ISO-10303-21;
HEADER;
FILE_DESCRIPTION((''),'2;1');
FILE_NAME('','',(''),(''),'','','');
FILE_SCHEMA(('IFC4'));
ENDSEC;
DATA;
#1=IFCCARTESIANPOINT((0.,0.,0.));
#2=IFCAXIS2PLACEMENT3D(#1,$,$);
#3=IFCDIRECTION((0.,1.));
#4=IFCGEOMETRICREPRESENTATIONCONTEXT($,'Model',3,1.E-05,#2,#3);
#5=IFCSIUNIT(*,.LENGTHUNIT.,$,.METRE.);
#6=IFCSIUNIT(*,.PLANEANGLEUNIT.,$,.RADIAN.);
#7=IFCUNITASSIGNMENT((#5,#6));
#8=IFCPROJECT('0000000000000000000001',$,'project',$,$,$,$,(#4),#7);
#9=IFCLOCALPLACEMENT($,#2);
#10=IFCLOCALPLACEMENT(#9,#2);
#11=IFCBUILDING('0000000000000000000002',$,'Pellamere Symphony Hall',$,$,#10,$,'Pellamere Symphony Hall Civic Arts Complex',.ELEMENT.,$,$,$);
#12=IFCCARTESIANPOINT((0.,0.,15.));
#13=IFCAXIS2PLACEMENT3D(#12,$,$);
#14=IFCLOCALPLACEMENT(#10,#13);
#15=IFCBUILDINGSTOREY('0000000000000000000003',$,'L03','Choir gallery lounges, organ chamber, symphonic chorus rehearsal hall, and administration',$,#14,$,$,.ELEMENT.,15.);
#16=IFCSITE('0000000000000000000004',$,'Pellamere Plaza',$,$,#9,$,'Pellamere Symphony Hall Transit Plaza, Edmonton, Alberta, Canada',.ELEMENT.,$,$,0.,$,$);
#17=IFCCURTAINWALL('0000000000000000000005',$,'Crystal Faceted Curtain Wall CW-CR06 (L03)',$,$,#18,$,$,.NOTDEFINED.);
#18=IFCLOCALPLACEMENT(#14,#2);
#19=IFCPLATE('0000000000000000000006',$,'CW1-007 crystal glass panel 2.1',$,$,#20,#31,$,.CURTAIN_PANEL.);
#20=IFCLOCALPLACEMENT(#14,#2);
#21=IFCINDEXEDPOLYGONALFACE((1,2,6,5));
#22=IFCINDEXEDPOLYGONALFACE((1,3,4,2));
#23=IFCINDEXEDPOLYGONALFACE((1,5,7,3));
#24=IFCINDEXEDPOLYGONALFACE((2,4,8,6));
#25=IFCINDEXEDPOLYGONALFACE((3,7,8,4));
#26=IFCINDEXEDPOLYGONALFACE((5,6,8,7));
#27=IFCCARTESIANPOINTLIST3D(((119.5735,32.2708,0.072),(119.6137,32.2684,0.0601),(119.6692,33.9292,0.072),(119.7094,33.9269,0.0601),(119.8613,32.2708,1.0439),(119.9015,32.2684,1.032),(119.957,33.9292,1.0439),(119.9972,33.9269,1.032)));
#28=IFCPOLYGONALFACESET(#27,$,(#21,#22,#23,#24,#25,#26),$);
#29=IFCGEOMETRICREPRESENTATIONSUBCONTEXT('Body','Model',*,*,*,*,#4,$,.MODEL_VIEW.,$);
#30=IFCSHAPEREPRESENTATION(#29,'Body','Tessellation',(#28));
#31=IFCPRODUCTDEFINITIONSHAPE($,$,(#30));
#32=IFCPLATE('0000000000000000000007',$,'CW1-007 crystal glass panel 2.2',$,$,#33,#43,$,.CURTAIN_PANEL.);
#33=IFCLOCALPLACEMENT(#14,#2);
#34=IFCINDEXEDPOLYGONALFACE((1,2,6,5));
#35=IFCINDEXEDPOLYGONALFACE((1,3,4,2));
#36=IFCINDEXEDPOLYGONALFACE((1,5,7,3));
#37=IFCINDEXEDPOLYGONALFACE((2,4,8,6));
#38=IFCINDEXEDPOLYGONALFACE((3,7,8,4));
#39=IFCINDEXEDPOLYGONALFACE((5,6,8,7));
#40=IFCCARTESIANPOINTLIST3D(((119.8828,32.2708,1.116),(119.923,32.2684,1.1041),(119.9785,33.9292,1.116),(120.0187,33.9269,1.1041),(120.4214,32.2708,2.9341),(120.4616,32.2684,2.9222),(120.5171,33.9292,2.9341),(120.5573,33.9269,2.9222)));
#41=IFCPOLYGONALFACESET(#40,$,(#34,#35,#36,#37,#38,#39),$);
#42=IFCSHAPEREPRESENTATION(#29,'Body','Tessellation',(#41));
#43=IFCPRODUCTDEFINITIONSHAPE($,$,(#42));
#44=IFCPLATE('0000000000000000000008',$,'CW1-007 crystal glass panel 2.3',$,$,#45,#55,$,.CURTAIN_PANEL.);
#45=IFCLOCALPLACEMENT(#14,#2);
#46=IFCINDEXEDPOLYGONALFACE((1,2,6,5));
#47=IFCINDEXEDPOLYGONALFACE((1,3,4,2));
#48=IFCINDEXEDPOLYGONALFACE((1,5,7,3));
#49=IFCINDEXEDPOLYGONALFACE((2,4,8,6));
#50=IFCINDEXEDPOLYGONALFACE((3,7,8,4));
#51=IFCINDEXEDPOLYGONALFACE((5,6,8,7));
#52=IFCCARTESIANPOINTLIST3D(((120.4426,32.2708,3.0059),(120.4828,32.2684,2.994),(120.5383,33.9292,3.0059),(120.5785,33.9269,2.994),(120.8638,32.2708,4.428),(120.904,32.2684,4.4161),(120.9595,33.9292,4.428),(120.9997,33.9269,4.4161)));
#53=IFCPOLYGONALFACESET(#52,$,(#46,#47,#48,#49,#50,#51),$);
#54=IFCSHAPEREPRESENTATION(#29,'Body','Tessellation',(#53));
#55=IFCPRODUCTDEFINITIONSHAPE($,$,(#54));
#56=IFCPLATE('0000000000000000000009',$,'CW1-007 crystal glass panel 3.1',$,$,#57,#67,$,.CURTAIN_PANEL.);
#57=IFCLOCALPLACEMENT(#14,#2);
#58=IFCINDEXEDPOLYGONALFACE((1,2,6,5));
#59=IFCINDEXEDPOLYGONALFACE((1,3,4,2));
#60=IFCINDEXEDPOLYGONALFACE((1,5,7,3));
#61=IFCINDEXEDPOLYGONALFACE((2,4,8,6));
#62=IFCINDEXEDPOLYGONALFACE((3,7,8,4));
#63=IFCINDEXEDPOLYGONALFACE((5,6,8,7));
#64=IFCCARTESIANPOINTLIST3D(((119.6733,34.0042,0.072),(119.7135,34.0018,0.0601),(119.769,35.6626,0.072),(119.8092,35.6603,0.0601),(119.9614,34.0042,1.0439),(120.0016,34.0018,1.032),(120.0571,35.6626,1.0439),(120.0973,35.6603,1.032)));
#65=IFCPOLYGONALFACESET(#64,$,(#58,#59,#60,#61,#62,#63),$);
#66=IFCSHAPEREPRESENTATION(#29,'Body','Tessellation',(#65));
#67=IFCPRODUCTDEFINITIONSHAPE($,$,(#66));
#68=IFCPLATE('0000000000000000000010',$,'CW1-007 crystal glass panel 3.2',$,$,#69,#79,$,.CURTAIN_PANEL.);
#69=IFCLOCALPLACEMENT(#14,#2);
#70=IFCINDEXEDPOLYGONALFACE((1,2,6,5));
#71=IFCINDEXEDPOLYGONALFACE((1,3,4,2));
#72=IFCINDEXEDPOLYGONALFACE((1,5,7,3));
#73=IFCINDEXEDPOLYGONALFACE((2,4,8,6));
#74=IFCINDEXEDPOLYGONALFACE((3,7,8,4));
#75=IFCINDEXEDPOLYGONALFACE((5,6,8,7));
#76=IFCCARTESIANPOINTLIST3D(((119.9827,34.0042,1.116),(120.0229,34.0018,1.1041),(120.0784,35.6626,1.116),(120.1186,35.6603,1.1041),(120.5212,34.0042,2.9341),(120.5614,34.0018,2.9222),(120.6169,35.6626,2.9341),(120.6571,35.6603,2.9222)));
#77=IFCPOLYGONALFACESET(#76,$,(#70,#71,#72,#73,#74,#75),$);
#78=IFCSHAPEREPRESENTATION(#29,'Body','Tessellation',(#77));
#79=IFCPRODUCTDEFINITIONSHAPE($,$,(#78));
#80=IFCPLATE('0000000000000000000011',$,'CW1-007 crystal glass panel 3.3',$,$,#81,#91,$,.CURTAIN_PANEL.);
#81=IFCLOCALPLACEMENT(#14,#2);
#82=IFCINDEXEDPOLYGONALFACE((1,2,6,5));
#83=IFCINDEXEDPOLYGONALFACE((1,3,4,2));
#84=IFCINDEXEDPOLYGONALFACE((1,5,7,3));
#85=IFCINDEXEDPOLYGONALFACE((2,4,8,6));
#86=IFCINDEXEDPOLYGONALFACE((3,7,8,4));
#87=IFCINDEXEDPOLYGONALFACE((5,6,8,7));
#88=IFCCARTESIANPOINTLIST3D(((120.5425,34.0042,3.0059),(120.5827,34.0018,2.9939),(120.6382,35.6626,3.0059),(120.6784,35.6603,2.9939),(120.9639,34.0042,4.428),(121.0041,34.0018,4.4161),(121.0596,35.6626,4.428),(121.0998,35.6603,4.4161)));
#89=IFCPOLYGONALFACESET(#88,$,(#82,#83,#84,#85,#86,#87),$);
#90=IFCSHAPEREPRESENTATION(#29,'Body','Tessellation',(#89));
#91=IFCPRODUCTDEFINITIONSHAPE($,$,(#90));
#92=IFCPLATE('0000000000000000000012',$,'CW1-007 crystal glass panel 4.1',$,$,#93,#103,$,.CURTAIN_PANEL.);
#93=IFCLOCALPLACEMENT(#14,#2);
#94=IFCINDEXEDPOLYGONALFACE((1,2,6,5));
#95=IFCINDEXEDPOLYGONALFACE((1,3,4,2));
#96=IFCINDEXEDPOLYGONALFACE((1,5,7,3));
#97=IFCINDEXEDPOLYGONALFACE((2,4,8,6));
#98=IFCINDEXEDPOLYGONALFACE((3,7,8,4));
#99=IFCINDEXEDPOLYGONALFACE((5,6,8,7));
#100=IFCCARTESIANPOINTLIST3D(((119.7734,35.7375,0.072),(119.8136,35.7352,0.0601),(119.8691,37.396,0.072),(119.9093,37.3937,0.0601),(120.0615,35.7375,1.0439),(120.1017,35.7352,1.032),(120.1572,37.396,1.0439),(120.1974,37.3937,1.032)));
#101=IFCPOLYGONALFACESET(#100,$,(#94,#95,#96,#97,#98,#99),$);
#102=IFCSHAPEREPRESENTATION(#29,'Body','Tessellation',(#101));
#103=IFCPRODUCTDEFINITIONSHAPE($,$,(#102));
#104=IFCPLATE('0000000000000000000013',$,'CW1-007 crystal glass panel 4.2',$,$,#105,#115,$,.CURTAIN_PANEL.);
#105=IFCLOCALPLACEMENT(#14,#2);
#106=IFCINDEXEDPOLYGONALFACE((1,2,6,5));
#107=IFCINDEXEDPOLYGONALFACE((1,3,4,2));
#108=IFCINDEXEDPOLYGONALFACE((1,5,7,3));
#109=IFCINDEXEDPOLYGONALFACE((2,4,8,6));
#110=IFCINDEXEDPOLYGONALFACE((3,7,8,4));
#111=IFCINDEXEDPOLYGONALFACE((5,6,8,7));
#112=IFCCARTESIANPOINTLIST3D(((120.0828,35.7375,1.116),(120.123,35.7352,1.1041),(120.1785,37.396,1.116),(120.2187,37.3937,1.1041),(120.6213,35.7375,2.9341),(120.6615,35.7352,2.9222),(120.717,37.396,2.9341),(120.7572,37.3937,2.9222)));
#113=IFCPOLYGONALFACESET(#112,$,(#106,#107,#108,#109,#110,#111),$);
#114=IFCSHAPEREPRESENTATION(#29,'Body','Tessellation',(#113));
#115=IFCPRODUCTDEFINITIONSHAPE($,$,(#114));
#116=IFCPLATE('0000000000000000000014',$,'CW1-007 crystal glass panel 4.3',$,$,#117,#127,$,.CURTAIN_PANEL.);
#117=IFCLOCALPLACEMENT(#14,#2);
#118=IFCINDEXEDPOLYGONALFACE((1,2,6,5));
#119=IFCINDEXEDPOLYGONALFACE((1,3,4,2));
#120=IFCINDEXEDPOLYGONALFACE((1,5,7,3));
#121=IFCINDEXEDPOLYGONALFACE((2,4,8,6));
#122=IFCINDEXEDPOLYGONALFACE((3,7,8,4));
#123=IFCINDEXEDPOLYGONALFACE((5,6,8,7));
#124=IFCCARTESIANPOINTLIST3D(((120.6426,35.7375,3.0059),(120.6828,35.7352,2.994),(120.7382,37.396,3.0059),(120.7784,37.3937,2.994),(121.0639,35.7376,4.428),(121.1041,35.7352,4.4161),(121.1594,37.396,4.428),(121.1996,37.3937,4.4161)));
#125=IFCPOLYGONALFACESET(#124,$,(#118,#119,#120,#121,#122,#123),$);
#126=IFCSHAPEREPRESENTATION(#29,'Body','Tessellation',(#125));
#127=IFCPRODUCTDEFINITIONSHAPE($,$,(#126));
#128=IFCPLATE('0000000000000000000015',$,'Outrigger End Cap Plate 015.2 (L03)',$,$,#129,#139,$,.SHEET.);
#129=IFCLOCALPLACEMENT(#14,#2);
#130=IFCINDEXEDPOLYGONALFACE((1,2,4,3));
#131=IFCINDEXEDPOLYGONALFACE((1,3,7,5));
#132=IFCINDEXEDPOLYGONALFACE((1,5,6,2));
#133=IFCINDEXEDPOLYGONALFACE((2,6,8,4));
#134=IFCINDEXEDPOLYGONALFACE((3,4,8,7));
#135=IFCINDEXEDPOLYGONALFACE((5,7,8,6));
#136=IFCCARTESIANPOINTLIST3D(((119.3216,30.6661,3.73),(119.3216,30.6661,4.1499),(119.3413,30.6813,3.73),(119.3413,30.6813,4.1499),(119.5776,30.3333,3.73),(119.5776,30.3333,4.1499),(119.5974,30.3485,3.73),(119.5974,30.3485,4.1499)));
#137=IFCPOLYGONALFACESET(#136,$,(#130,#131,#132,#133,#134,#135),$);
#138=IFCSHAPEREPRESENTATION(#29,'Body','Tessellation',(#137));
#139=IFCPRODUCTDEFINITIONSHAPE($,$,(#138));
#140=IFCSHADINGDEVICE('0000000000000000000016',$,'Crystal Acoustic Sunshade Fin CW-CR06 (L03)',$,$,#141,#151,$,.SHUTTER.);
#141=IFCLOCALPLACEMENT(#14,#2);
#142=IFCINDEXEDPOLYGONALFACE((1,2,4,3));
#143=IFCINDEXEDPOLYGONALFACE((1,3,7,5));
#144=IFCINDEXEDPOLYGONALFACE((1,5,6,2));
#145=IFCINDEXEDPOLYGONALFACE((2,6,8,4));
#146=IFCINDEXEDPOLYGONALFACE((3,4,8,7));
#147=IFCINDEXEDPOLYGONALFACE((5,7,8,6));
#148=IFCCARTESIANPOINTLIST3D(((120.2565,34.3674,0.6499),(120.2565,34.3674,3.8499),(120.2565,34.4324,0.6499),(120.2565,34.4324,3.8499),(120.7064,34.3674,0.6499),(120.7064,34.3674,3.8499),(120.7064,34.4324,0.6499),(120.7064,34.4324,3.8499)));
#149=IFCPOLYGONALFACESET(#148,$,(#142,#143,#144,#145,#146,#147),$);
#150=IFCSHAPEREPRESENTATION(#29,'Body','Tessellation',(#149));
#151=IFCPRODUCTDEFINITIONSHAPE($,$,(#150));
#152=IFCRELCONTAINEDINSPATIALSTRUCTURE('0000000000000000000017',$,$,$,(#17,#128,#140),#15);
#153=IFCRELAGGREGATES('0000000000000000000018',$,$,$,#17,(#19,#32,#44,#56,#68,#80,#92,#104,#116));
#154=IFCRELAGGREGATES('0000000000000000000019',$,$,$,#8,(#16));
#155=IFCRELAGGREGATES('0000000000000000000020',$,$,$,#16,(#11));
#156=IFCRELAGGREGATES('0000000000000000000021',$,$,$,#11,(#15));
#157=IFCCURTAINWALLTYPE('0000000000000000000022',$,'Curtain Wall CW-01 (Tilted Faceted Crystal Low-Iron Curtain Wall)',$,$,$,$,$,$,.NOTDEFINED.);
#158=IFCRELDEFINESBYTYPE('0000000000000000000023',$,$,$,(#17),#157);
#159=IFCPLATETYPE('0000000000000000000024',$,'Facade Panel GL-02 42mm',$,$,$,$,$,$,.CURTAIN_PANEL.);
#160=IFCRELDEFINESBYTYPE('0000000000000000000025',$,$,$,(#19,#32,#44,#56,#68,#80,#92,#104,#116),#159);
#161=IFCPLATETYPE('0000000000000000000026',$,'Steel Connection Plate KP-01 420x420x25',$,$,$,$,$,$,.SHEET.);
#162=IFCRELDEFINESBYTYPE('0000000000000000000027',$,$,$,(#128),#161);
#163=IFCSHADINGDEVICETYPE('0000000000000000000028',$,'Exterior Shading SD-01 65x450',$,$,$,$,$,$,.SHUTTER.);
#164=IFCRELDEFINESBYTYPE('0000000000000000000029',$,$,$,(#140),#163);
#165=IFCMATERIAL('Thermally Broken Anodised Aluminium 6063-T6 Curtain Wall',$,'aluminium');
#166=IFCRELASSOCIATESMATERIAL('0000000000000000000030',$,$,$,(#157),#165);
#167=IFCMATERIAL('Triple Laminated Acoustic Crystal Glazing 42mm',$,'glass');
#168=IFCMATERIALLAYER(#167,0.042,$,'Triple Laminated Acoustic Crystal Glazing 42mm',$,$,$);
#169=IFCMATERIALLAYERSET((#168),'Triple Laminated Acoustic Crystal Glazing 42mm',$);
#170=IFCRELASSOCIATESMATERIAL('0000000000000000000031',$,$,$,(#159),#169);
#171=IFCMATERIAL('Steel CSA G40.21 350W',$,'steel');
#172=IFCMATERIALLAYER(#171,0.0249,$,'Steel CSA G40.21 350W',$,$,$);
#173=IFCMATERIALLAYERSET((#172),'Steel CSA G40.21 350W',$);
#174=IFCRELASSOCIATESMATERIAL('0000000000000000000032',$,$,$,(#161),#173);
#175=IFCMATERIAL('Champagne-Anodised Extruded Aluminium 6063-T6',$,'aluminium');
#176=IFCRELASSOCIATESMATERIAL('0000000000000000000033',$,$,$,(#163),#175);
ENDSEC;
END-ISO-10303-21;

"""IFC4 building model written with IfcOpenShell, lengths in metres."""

from ifc_helpers import new_model, si_unit, direction, frame, origin, origin_2d, place, context, subcontext, project, spatial, polyline, rectangle, outline, extrude, material, layer, layer_set, type_object, element, aggregate, save


model = new_model("IFC4")

# Units and contexts
model_context = context("Model", 3, precision=1e-05, world=origin(), true_north=direction((0.0, 1.0)))
body_context = subcontext(model_context, "Body", "Model", "MODEL_VIEW")
ifc_project = project(units=[si_unit("LENGTHUNIT", "METRE"), si_unit("PLANEANGLEUNIT", "RADIAN")], contexts=[model_context])

# Site, building, storey
site_placement = place(None, origin())
site = spatial("IfcSite", under=ifc_project, at=site_placement, Name="Pellamere Plaza", LongName="Pellamere Symphony Hall Transit Plaza, Edmonton, Alberta, Canada", CompositionType="ELEMENT", RefElevation=0.0)
building_placement = place(site_placement, origin())
building = spatial("IfcBuilding", under=site, at=building_placement, Name="Pellamere Symphony Hall", LongName="Pellamere Symphony Hall Civic Arts Complex", CompositionType="ELEMENT")
storey_placement = place(building_placement, frame((0.0, 0.0, 15.0)))
storey = spatial("IfcBuildingStorey", under=building, at=storey_placement, Name="L03", Description="Choir gallery lounges, organ chamber, symphonic chorus rehearsal hall, and administration", CompositionType="ELEMENT", Elevation=15.0)

# Curtain wall, plates
ifc_material_1 = material(Name="Thermally Broken Anodised Aluminium 6063-T6 Curtain Wall", Category="aluminium")
curtain_wall_type = type_object("IfcCurtainWallType", Name="Curtain Wall CW-01 (Tilted Faceted Crystal Low-Iron Curtain Wall)", PredefinedType="NOTDEFINED", material=ifc_material_1)
curtain_wall_placement = place(storey_placement, origin())
curtain_wall = element("IfcCurtainWall", 1, at=curtain_wall_placement, inside=storey, type_object=curtain_wall_type, Name="Crystal Faceted Curtain Wall CW-CR06 (L03)", PredefinedType="NOTDEFINED")
ifc_material_2 = material(Name="Triple Laminated Acoustic Crystal Glazing 42mm", Category="glass")
ifc_layer_1 = layer(ifc_material_2, 0.042, Name="Triple Laminated Acoustic Crystal Glazing 42mm")
ifc_layer_set_1 = layer_set([ifc_layer_1], Name="Triple Laminated Acoustic Crystal Glazing 42mm")
plate_type_1 = type_object("IfcPlateType", Name="Facade Panel GL-02 42mm", PredefinedType="CURTAIN_PANEL", material=ifc_layer_set_1)
plate_1_placement = place(storey_placement, frame((119.5735, 32.2708, 0.072), z_axis=(-0.95737, 0.055246, 0.283532), x_axis=(0.057611, 0.998339, 0.0)))
plate_1 = element("IfcPlate", 2, at=plate_1_placement, type_object=plate_type_1, Name="CW1-007 crystal glass panel 2.1", PredefinedType="CURTAIN_PANEL", context=body_context, shape_type="SweptSolid", body=[
    extrude(outline(polyline([(0.0, 0.0), (1.6612, 0.0), (1.6778, -1.0135), (0.0166, -1.0135), (0.0, 0.0)])), origin(), (0.0, 0.0, -1.0), 0.042),
])
plate_2_placement = place(storey_placement, frame((119.8828, 32.2708, 1.116), z_axis=(-0.957352, 0.055245, 0.283593), x_axis=(0.057611, 0.998339, 0.0)))
plate_2 = element("IfcPlate", 3, at=plate_2_placement, type_object=plate_type_1, Name="CW1-007 crystal glass panel 2.2", PredefinedType="CURTAIN_PANEL", context=body_context, shape_type="SweptSolid", body=[
    extrude(outline(polyline([(0.0, 0.0), (1.6612, 0.0), (1.6922, -1.896), (0.031, -1.896), (0.0, 0.0)])), origin(), (0.0, 0.0, -1.0), 0.042),
])
plate_3_placement = place(storey_placement, frame((120.4426, 32.2708, 3.0059), z_axis=(-0.957375, 0.055247, 0.283515), x_axis=(0.057611, 0.998339, 0.0)))
plate_3 = element("IfcPlate", 4, at=plate_3_placement, type_object=plate_type_1, Name="CW1-007 crystal glass panel 2.3", PredefinedType="CURTAIN_PANEL", context=body_context, shape_type="SweptSolid", body=[
    extrude(outline(polyline([(0.0, 0.0), (1.6612, 0.0), (1.6855, -1.483), (0.0243, -1.483), (0.0, 0.0)])), origin(), (0.0, 0.0, -1.0), 0.042),
])
plate_4_placement = place(storey_placement, frame((119.6733, 34.0042, 0.072), z_axis=(-0.957305, 0.055243, 0.283753), x_axis=(0.057611, 0.998339, 0.0)))
plate_4 = element("IfcPlate", 5, at=plate_4_placement, type_object=plate_type_1, Name="CW1-007 crystal glass panel 3.1", PredefinedType="CURTAIN_PANEL", context=body_context, shape_type="SweptSolid", body=[
    extrude(outline(polyline([(0.0, 0.0), (1.6612, 0.0), (1.6778, -1.0136), (0.0166, -1.0136), (0.0, 0.0)])), origin(), (0.0, 0.0, -1.0), 0.042),
])
plate_5_placement = place(storey_placement, frame((119.9827, 34.0042, 1.116), z_axis=(-0.957352, 0.055245, 0.283593), x_axis=(0.057611, 0.998339, 0.0)))
plate_5 = element("IfcPlate", 6, at=plate_5_placement, type_object=plate_type_1, Name="CW1-007 crystal glass panel 3.2", PredefinedType="CURTAIN_PANEL", context=body_context, shape_type="SweptSolid", body=[
    extrude(outline(polyline([(0.0, 0.0), (1.6612, 0.0), (1.6922, -1.896), (0.031, -1.896), (0.0, 0.0)])), origin(), (0.0, 0.0, -1.0), 0.042),
])
plate_6_placement = place(storey_placement, frame((120.5425, 34.0042, 3.0059), z_axis=(-0.957331, 0.055244, 0.283666), x_axis=(0.057611, 0.998339, 0.0)))
plate_6 = element("IfcPlate", 7, at=plate_6_placement, type_object=plate_type_1, Name="CW1-007 crystal glass panel 3.3", PredefinedType="CURTAIN_PANEL", context=body_context, shape_type="SweptSolid", body=[
    extrude(outline(polyline([(0.0, 0.0), (1.6612, 0.0), (1.6855, -1.483), (0.0243, -1.483), (0.0, 0.0)])), origin(), (0.0, 0.0, -1.0), 0.042),
])
plate_7_placement = place(storey_placement, frame((119.7734, 35.7375, 0.072), z_axis=(-0.957305, 0.055243, 0.283753), x_axis=(0.057611, 0.998339, 0.0)))
plate_7 = element("IfcPlate", 8, at=plate_7_placement, type_object=plate_type_1, Name="CW1-007 crystal glass panel 4.1", PredefinedType="CURTAIN_PANEL", context=body_context, shape_type="SweptSolid", body=[
    extrude(outline(polyline([(0.0, 0.0), (1.6612, 0.0), (1.6778, -1.0136), (0.0166, -1.0136), (0.0, 0.0)])), origin(), (0.0, 0.0, -1.0), 0.042),
])
plate_8_placement = place(storey_placement, frame((120.0828, 35.7375, 1.116), z_axis=(-0.957352, 0.055245, 0.283593), x_axis=(0.057611, 0.998339, 0.0)))
plate_8 = element("IfcPlate", 9, at=plate_8_placement, type_object=plate_type_1, Name="CW1-007 crystal glass panel 4.2", PredefinedType="CURTAIN_PANEL", context=body_context, shape_type="SweptSolid", body=[
    extrude(outline(polyline([(0.0, 0.0), (1.6612, 0.0), (1.6922, -1.896), (0.031, -1.896), (0.0, 0.0)])), origin(), (0.0, 0.0, -1.0), 0.042),
])
plate_9_placement = place(storey_placement, frame((120.6426, 35.7375, 3.0059), z_axis=(-0.957357, 0.055175, 0.283591), x_axis=(0.057543, 0.998343, 0.00002)))
plate_9 = element("IfcPlate", 10, at=plate_9_placement, type_object=plate_type_1, Name="CW1-007 crystal glass panel 4.3", PredefinedType="CURTAIN_PANEL", context=body_context, shape_type="SweptSolid", body=[
    extrude(outline(polyline([(0.0, 0.0), (1.6612, 0.0), (1.6855, -1.483), (0.0243, -1.483), (0.0, 0.0)])), origin(), (0.0, 0.0, -1.0), 0.042),
])
aggregate(curtain_wall, [plate_1, plate_2, plate_3, plate_4, plate_5, plate_6, plate_7, plate_8, plate_9])

# Plate
ifc_material_3 = material(Name="Steel CSA G40.21 350W", Category="steel")
ifc_layer_2 = layer(ifc_material_3, 0.0249, Name="Steel CSA G40.21 350W")
ifc_layer_set_2 = layer_set([ifc_layer_2], Name="Steel CSA G40.21 350W")
plate_type_2 = type_object("IfcPlateType", Name="Steel Connection Plate KP-01 420x420x25", PredefinedType="SHEET", material=ifc_layer_set_2)
plate_10_placement = place(storey_placement, frame((119.4595, 30.5073, 3.73), z_axis=(0.0, 0.0, 1.0), x_axis=(0.792609, 0.60973, 0.0)))
element("IfcPlate", 11, at=plate_10_placement, inside=storey, type_object=plate_type_2, Name="Outrigger End Cap Plate 015.2 (L03)", PredefinedType="SHEET", context=body_context, shape_type="SweptSolid", body=[
    extrude(rectangle(XDim=0.0249, YDim=0.4199, at=origin_2d()), origin(), (0.0, 0.0, 1.0), 0.4199),
])

# Shading device
ifc_material_4 = material(Name="Champagne-Anodised Extruded Aluminium 6063-T6", Category="aluminium")
shading_device_type = type_object("IfcShadingDeviceType", Name="Exterior Shading SD-01 65x450", PredefinedType="SHUTTER", material=ifc_material_4)
shading_device_placement = place(storey_placement, frame((120.4814, 34.3999, 0.6499), z_axis=(0.0, 0.0, 1.0), x_axis=(0.0, 1.0, 0.0)))
element("IfcShadingDevice", 12, at=shading_device_placement, inside=storey, type_object=shading_device_type, Name="Crystal Acoustic Sunshade Fin CW-CR06 (L03)", PredefinedType="SHUTTER", context=body_context, shape_type="SweptSolid", body=[
    extrude(rectangle(XDim=0.0649, YDim=0.45, at=origin_2d()), origin(), (0.0, 0.0, 1.0), 3.2),
])

save(model, "model.ifc")
